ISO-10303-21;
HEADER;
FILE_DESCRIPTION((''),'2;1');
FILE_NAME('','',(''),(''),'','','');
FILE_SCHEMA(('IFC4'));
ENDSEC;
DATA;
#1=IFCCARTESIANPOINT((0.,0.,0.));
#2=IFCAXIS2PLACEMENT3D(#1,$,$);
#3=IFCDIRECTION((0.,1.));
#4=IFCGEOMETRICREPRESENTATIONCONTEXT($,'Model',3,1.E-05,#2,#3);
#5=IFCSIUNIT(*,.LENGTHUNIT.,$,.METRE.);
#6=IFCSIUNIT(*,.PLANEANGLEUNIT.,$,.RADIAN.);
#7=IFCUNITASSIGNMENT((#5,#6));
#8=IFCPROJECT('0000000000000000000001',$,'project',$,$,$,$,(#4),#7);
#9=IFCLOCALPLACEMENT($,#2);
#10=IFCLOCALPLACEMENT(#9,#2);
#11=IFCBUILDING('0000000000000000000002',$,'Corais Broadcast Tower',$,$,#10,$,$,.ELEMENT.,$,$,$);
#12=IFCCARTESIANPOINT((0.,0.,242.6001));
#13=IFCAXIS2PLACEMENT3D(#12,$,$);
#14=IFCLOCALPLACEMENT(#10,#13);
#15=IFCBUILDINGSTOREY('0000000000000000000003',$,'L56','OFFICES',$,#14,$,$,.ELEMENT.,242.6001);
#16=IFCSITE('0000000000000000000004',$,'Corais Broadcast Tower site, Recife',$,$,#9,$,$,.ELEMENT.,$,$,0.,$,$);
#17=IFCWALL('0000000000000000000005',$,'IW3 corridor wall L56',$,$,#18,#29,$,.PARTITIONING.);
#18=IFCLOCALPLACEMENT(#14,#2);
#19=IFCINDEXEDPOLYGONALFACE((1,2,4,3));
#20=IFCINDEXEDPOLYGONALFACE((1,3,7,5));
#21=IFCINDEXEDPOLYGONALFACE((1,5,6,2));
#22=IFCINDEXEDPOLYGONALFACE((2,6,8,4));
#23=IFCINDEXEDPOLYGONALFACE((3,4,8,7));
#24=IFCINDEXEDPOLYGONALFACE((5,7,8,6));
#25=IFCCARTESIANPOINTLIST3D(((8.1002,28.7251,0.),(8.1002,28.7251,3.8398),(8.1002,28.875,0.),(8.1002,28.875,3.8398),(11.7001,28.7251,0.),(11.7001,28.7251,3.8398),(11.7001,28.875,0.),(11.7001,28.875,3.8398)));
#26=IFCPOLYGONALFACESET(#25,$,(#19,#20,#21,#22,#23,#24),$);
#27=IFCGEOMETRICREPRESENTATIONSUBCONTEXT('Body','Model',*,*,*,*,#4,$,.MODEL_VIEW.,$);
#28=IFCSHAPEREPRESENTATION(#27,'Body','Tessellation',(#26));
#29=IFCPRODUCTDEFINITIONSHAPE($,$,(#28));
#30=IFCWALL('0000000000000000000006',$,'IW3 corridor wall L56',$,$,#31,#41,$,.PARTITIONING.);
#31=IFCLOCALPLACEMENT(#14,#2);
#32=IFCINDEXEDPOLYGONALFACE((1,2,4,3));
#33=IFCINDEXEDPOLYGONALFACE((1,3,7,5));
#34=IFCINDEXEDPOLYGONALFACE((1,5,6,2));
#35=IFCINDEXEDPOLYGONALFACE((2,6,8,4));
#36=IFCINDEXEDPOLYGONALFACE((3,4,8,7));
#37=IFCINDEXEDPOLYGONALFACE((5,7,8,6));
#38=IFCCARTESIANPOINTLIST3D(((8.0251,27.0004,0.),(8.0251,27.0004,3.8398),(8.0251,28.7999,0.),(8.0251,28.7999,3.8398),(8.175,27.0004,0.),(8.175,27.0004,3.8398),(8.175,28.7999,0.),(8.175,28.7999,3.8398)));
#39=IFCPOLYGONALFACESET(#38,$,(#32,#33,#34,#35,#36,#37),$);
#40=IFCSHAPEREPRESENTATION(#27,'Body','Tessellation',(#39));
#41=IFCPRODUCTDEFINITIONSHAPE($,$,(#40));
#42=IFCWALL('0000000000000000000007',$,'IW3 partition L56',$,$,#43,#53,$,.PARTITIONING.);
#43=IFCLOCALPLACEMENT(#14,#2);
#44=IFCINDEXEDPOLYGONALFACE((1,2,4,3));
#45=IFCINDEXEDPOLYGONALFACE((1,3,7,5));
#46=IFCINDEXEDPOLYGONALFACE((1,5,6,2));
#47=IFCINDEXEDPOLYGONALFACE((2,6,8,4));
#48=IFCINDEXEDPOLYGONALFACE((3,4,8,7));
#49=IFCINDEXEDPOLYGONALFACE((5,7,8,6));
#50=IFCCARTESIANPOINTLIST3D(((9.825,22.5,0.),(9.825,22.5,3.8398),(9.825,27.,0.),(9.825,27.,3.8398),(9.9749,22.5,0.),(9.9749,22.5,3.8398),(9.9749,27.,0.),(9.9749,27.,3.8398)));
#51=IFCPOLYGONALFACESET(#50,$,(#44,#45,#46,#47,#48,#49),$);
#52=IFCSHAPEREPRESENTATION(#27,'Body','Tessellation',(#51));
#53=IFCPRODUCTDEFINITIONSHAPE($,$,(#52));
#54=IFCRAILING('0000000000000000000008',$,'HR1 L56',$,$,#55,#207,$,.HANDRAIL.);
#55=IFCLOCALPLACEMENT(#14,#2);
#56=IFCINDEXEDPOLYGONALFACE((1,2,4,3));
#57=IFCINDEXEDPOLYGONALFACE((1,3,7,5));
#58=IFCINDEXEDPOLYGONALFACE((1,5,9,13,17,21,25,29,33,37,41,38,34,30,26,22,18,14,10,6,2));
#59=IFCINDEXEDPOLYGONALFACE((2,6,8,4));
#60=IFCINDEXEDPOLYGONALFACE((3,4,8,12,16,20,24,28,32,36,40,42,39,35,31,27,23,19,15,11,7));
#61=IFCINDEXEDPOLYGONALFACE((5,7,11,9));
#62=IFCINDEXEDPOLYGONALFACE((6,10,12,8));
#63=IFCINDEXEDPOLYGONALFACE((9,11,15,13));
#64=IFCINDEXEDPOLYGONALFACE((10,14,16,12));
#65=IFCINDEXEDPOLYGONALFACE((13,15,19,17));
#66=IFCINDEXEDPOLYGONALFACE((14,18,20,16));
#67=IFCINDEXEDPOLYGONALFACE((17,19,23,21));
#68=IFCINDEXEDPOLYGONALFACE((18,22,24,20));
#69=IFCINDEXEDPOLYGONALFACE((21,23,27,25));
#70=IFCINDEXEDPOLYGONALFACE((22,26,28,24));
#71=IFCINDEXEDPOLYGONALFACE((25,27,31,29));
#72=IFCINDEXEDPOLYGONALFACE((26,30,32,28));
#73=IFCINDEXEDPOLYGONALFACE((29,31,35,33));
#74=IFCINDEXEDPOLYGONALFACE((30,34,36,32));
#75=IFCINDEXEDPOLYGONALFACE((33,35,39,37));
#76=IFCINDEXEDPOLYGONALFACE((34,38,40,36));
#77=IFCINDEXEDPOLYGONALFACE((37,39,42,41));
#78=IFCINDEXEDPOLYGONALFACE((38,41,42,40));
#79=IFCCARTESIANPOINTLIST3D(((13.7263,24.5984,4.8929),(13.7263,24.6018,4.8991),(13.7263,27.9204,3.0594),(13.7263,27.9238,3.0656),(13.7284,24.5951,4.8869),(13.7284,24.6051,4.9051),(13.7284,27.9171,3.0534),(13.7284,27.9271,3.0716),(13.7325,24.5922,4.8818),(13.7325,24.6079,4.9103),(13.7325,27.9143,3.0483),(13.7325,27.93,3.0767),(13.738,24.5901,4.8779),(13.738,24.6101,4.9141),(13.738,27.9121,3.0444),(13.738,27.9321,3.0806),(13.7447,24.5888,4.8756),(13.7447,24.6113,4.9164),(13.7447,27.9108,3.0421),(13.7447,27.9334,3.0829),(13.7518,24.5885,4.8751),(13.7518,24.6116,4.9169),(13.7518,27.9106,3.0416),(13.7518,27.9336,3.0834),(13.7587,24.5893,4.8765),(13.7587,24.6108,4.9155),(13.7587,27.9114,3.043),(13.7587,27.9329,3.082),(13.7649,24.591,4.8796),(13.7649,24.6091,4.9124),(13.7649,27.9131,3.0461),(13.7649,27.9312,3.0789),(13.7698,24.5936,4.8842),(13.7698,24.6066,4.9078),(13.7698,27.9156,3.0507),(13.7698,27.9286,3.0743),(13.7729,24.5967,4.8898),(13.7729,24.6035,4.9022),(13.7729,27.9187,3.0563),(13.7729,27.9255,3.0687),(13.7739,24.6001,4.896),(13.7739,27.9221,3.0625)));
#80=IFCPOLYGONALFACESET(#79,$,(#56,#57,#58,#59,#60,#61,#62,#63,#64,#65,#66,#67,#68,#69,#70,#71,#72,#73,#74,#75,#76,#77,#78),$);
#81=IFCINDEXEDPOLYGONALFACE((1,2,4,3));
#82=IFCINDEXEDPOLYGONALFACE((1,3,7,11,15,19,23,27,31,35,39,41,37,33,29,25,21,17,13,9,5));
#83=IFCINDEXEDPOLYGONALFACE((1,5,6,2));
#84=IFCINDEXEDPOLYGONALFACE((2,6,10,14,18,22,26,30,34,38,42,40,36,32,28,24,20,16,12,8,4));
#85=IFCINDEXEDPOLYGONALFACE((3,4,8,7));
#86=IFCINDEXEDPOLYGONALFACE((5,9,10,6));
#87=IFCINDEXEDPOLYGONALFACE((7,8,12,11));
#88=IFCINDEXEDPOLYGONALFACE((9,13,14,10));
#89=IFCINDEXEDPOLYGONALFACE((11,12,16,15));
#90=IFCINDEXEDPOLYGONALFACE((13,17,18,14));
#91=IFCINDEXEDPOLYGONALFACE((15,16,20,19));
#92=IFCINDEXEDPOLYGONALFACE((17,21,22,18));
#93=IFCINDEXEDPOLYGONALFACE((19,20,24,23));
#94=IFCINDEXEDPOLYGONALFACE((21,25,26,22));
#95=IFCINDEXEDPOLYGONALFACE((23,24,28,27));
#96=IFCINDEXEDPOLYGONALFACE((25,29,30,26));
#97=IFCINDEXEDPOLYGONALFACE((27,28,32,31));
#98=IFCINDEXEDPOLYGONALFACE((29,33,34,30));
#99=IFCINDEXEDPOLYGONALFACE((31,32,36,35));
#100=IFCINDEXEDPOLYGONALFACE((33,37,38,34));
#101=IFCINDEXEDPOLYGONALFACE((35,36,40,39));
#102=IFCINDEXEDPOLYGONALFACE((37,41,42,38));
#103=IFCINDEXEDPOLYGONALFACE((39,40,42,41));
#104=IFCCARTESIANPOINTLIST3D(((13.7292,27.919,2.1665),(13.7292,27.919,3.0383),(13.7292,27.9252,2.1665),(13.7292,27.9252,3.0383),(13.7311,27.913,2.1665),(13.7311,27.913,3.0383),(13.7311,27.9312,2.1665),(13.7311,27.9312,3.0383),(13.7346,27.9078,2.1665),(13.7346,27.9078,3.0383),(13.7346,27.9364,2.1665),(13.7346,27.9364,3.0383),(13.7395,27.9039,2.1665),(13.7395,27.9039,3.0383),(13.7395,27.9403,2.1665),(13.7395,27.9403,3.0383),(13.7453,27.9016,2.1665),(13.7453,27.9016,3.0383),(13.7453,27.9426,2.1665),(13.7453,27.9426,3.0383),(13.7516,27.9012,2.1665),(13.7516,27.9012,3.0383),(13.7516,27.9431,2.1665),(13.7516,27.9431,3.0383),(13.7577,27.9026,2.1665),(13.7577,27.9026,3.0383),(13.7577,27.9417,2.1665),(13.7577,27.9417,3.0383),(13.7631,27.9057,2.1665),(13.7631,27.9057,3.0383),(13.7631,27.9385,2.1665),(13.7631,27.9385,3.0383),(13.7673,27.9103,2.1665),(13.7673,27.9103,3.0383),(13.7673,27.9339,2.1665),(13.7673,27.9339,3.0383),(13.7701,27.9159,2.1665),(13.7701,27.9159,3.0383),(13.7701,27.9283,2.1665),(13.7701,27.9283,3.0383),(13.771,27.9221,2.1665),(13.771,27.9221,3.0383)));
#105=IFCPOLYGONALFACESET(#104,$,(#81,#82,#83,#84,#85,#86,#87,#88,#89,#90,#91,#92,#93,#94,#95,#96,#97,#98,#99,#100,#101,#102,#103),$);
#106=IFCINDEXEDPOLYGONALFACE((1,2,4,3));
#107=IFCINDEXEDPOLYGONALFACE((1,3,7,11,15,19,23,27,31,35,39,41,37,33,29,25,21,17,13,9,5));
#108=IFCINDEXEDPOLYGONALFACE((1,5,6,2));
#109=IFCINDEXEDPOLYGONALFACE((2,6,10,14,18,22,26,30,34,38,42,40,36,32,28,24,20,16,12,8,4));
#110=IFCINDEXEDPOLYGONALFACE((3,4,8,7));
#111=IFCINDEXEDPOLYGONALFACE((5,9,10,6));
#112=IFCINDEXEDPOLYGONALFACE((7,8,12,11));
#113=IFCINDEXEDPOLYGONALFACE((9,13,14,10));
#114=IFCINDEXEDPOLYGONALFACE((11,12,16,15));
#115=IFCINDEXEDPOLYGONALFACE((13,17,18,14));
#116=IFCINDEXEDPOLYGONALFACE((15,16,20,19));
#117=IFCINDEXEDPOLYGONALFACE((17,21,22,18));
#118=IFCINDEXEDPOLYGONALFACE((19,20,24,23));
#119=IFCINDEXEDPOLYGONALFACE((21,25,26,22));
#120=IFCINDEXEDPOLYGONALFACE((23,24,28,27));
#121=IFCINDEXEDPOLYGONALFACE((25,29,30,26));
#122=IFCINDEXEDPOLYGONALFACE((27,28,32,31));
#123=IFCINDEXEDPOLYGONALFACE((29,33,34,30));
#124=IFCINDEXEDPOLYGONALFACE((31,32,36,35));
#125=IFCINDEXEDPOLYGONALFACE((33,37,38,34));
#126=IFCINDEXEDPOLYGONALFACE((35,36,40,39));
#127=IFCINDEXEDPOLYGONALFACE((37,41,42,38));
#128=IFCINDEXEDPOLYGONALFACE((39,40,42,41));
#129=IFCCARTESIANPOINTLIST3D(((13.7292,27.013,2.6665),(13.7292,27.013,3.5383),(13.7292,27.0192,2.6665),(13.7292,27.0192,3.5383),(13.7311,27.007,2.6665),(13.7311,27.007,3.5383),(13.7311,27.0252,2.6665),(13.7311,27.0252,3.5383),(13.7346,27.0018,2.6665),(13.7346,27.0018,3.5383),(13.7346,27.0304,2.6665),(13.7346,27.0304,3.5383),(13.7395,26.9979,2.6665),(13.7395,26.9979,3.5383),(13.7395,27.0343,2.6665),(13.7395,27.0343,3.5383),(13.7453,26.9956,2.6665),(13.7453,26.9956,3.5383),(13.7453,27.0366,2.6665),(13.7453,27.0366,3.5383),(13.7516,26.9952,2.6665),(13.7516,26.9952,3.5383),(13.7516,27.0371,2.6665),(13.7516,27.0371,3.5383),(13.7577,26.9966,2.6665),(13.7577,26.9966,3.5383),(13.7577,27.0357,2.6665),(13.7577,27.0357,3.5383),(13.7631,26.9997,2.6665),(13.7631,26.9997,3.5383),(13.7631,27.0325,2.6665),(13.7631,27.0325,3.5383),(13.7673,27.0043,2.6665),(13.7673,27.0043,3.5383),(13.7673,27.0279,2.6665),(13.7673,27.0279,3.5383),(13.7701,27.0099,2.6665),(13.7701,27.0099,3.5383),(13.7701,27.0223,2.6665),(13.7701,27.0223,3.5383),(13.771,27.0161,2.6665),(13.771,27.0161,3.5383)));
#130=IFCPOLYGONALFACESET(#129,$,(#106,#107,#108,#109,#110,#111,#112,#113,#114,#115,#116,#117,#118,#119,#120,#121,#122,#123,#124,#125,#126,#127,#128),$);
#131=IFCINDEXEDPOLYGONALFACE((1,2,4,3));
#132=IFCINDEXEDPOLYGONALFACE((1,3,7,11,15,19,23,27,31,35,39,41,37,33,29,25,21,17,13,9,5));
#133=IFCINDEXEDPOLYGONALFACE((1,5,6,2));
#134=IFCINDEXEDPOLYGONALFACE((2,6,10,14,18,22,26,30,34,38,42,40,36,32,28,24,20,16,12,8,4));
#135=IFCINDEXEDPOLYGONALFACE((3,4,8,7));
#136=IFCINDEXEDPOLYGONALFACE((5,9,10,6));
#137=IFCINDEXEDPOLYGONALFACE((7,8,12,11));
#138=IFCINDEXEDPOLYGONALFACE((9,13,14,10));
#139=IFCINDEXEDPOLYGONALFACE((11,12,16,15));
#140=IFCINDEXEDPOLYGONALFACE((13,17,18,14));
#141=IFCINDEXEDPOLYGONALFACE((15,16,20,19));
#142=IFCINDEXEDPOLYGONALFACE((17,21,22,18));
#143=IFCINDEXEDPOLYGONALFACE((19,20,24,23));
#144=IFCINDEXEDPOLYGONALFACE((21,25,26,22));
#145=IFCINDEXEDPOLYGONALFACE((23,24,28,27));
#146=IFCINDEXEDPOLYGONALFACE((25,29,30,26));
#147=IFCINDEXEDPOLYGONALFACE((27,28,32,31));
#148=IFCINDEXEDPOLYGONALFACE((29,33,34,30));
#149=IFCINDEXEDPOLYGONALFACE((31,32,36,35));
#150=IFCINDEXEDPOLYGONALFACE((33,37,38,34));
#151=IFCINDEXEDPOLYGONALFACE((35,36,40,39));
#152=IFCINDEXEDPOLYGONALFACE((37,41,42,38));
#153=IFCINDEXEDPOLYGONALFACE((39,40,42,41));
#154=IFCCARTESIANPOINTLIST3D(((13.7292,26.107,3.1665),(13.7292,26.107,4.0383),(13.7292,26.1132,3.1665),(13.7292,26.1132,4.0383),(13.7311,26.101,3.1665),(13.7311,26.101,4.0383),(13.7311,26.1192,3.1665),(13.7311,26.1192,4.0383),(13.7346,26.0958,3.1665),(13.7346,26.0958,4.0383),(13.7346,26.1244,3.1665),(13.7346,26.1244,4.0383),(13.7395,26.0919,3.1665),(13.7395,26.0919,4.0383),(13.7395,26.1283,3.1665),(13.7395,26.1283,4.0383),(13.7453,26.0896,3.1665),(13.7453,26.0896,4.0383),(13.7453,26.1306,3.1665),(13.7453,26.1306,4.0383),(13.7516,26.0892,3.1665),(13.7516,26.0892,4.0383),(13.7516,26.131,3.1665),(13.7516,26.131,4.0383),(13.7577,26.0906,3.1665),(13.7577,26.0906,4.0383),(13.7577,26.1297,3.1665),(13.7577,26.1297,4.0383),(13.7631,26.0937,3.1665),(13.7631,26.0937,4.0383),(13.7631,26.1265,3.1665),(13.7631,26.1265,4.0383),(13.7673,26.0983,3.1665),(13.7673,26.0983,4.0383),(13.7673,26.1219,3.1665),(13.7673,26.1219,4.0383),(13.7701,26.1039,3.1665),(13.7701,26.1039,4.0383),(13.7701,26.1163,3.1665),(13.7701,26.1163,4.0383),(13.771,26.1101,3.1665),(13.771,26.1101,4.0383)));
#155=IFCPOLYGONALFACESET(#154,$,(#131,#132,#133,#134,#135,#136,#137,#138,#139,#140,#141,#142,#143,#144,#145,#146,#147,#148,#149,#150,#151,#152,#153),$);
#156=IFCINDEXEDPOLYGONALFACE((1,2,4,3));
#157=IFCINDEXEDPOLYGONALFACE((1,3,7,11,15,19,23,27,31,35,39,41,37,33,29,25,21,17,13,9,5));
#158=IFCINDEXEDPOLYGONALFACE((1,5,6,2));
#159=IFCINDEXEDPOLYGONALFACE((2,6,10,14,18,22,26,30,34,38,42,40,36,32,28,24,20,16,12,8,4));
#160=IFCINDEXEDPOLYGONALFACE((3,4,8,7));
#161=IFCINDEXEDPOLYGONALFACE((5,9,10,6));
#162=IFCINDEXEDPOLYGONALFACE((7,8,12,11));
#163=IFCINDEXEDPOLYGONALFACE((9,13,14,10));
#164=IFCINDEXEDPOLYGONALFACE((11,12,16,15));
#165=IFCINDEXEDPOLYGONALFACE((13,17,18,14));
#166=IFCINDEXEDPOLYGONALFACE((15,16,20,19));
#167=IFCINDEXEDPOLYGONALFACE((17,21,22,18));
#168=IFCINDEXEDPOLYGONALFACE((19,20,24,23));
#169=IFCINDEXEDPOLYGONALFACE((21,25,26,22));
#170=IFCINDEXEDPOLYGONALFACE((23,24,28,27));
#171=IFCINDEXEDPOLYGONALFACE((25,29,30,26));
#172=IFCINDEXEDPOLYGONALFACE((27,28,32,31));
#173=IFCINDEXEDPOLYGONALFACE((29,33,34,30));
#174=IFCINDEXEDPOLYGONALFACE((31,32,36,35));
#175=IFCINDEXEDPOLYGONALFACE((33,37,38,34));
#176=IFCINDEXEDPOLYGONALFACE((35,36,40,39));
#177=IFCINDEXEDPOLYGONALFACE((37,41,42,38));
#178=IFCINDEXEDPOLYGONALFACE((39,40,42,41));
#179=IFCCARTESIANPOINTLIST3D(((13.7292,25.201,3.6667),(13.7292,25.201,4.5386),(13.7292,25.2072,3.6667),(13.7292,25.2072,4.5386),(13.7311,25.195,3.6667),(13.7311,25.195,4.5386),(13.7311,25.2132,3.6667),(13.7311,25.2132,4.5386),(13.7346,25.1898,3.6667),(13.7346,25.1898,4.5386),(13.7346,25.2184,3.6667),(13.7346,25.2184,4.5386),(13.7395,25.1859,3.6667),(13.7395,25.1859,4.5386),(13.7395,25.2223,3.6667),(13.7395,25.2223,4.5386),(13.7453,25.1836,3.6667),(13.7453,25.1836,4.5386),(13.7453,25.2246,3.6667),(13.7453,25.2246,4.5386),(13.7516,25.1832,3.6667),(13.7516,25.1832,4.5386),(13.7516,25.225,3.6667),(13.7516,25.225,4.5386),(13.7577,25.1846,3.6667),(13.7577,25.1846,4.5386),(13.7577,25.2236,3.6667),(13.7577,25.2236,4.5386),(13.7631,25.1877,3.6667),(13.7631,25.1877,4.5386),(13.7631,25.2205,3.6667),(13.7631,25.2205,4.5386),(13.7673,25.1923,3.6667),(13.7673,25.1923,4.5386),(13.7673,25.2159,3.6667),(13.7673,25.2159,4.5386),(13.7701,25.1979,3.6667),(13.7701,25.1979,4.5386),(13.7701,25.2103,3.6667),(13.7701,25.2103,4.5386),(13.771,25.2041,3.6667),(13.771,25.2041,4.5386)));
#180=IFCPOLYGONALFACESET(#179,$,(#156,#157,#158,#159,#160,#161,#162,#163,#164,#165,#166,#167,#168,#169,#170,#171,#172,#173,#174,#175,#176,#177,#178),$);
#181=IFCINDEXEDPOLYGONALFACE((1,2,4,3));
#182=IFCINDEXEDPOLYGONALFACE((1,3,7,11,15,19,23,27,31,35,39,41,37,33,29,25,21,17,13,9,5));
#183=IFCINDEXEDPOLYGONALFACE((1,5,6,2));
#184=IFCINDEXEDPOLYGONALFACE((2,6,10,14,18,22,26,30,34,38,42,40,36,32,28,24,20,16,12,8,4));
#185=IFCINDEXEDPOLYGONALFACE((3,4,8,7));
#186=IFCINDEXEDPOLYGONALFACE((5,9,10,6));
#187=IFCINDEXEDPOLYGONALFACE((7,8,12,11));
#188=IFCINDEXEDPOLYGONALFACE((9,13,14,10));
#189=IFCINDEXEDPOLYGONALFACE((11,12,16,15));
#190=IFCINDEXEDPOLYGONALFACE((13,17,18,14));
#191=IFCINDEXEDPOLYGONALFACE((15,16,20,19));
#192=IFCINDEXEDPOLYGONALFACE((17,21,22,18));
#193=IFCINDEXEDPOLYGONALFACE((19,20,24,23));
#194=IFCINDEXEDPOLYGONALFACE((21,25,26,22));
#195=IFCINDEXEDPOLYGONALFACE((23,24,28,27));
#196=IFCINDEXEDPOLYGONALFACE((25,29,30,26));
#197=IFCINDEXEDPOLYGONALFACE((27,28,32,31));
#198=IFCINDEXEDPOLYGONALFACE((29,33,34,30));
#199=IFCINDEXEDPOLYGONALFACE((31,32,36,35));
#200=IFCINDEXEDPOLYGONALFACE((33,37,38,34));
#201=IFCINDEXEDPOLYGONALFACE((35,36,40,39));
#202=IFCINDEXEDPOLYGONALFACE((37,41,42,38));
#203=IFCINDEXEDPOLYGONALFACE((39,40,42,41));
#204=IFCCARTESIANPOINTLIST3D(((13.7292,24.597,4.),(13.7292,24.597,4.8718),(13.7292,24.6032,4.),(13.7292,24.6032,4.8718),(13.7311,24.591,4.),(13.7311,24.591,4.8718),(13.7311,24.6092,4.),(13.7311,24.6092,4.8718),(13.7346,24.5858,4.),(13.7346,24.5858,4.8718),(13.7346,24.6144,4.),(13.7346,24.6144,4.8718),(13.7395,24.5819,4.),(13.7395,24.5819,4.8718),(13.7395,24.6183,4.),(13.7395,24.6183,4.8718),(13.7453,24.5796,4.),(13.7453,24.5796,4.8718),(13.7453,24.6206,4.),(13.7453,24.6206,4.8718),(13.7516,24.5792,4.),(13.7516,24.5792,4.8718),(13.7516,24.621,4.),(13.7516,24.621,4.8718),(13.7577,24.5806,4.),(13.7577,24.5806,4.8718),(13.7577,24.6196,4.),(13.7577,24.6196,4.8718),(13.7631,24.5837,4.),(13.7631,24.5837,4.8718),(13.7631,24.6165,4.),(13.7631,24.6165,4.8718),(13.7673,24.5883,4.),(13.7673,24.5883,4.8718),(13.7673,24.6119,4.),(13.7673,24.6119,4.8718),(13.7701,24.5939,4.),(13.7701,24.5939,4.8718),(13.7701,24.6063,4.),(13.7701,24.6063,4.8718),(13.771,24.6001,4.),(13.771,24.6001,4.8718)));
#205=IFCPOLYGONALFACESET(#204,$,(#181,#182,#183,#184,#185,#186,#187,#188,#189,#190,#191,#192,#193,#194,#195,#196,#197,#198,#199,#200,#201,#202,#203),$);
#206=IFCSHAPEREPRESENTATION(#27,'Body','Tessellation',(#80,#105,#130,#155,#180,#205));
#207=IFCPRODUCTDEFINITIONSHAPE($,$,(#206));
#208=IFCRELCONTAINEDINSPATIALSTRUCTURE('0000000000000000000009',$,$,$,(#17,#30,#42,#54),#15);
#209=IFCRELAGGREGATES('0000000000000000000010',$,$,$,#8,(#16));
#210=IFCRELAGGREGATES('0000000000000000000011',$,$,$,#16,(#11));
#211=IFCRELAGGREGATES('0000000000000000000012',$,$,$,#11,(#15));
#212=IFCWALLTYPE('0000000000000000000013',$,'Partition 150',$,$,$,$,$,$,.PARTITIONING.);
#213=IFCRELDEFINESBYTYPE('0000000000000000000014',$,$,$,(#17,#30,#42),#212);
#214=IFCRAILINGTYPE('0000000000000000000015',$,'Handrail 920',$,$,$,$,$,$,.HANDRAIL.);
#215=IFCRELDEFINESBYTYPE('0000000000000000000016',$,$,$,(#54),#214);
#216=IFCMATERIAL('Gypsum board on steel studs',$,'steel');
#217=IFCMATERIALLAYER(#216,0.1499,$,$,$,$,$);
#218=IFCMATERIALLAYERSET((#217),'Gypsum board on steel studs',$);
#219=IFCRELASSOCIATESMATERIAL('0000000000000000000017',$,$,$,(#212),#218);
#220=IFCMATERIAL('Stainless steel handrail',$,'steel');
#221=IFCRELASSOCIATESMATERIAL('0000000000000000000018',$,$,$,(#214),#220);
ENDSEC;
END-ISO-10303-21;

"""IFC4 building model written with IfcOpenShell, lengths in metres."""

from ifc_helpers import new_model, si_unit, direction, frame, frame_2d, origin, origin_2d, place, context, subcontext, project, spatial, rectangle, circle, extrude, material, layer, layer_set, type_object, element, save


model = new_model("IFC4")

# Units and contexts
model_context = context("Model", 3, precision=1e-05, world=origin(), true_north=direction((0.0, 1.0)))
body_context = subcontext(model_context, "Body", "Model", "MODEL_VIEW")
ifc_project = project(units=[si_unit("LENGTHUNIT", "METRE"), si_unit("PLANEANGLEUNIT", "RADIAN")], contexts=[model_context])

# Site, building, storey
site_placement = place(None, origin())
site = spatial("IfcSite", under=ifc_project, at=site_placement, Name="Corais Broadcast Tower site, Recife", CompositionType="ELEMENT", RefElevation=0.0)
building_placement = place(site_placement, origin())
building = spatial("IfcBuilding", under=site, at=building_placement, Name="Corais Broadcast Tower", CompositionType="ELEMENT")
storey_placement = place(building_placement, frame((0.0, 0.0, 242.6001)))
storey = spatial("IfcBuildingStorey", under=building, at=storey_placement, Name="L56", Description="OFFICES", CompositionType="ELEMENT", Elevation=242.6001)

# Walls
ifc_material_1 = material(Name="Gypsum board on steel studs", Category="steel")
ifc_layer_1 = layer(ifc_material_1, 0.1499)
ifc_layer_set_1 = layer_set([ifc_layer_1], Name="Gypsum board on steel studs")
wall_type_1 = type_object("IfcWallType", Name="Partition 150", PredefinedType="PARTITIONING", material=ifc_layer_set_1)
wall_1_placement = place(storey_placement, frame((11.7, 28.8, 0.0), z_axis=(0.0, 0.0, 1.0), x_axis=(-1.0, 0.0, 0.0)))
element("IfcWall", 1, at=wall_1_placement, inside=storey, type_object=wall_type_1, Name="IW3 corridor wall L56", PredefinedType="PARTITIONING", context=body_context, shape_type="SweptSolid", body=[
    extrude(rectangle(XDim=3.5999, YDim=0.1499, at=frame_2d((1.7998, 0.0))), origin(), (0.0, 0.0, 1.0), 3.8398),
])
wall_2_placement = place(storey_placement, frame((8.1001, 28.8, 0.0), z_axis=(0.0, 0.0, 1.0), x_axis=(0.0, -1.0, 0.0)))
element("IfcWall", 2, at=wall_2_placement, inside=storey, type_object=wall_type_1, Name="IW3 corridor wall L56", PredefinedType="PARTITIONING", context=body_context, shape_type="SweptSolid", body=[
    extrude(rectangle(XDim=1.7996, YDim=0.1499, at=frame_2d((0.8999, 0.0))), origin(), (0.0, 0.0, 1.0), 3.8398),
])
wall_3_placement = place(storey_placement, frame((9.8999, 27.0, 0.0), z_axis=(0.0, 0.0, 1.0), x_axis=(0.0, -1.0, 0.0)))
element("IfcWall", 3, at=wall_3_placement, inside=storey, type_object=wall_type_1, Name="IW3 partition L56", PredefinedType="PARTITIONING", context=body_context, shape_type="SweptSolid", body=[
    extrude(rectangle(XDim=4.5, YDim=0.1499, at=frame_2d((2.25, 0.0))), origin(), (0.0, 0.0, 1.0), 3.8398),
])

# Railing
ifc_material_2 = material(Name="Stainless steel handrail", Category="steel")
railing_type = type_object("IfcRailingType", Name="Handrail 920", PredefinedType="HANDRAIL", material=ifc_material_2)
railing_placement = place(storey_placement, frame((13.75, 27.9221, 2.1665)))
element("IfcRailing", 4, at=railing_placement, inside=storey, type_object=railing_type, Name="HR1 L56", PredefinedType="HANDRAIL", context=body_context, shape_type="SweptSolid", body=[
    extrude(circle(Radius=0.0239, at=origin_2d()), frame((0.0, 0.0, 0.896), z_axis=(0.0, -0.875504, 0.48321), x_axis=(1.0, 0.0, 0.0)), (0.0, 0.0, 1.0), 3.7944),
    extrude(circle(Radius=0.021, at=origin_2d()), origin(), (0.0, 0.0, 1.0), 0.8718),
    extrude(circle(Radius=0.021, at=origin_2d()), frame((0.0, -0.906, 0.5)), (0.0, 0.0, 1.0), 0.8718),
    extrude(circle(Radius=0.021, at=origin_2d()), frame((0.0, -1.812, 1.0)), (0.0, 0.0, 1.0), 0.8718),
    extrude(circle(Radius=0.021, at=origin_2d()), frame((0.0, -2.718, 1.5002)), (0.0, 0.0, 1.0), 0.8718),
    extrude(circle(Radius=0.021, at=origin_2d()), frame((0.0, -3.322, 1.8335)), (0.0, 0.0, 1.0), 0.8718),
])

save(model, "model.ifc")
